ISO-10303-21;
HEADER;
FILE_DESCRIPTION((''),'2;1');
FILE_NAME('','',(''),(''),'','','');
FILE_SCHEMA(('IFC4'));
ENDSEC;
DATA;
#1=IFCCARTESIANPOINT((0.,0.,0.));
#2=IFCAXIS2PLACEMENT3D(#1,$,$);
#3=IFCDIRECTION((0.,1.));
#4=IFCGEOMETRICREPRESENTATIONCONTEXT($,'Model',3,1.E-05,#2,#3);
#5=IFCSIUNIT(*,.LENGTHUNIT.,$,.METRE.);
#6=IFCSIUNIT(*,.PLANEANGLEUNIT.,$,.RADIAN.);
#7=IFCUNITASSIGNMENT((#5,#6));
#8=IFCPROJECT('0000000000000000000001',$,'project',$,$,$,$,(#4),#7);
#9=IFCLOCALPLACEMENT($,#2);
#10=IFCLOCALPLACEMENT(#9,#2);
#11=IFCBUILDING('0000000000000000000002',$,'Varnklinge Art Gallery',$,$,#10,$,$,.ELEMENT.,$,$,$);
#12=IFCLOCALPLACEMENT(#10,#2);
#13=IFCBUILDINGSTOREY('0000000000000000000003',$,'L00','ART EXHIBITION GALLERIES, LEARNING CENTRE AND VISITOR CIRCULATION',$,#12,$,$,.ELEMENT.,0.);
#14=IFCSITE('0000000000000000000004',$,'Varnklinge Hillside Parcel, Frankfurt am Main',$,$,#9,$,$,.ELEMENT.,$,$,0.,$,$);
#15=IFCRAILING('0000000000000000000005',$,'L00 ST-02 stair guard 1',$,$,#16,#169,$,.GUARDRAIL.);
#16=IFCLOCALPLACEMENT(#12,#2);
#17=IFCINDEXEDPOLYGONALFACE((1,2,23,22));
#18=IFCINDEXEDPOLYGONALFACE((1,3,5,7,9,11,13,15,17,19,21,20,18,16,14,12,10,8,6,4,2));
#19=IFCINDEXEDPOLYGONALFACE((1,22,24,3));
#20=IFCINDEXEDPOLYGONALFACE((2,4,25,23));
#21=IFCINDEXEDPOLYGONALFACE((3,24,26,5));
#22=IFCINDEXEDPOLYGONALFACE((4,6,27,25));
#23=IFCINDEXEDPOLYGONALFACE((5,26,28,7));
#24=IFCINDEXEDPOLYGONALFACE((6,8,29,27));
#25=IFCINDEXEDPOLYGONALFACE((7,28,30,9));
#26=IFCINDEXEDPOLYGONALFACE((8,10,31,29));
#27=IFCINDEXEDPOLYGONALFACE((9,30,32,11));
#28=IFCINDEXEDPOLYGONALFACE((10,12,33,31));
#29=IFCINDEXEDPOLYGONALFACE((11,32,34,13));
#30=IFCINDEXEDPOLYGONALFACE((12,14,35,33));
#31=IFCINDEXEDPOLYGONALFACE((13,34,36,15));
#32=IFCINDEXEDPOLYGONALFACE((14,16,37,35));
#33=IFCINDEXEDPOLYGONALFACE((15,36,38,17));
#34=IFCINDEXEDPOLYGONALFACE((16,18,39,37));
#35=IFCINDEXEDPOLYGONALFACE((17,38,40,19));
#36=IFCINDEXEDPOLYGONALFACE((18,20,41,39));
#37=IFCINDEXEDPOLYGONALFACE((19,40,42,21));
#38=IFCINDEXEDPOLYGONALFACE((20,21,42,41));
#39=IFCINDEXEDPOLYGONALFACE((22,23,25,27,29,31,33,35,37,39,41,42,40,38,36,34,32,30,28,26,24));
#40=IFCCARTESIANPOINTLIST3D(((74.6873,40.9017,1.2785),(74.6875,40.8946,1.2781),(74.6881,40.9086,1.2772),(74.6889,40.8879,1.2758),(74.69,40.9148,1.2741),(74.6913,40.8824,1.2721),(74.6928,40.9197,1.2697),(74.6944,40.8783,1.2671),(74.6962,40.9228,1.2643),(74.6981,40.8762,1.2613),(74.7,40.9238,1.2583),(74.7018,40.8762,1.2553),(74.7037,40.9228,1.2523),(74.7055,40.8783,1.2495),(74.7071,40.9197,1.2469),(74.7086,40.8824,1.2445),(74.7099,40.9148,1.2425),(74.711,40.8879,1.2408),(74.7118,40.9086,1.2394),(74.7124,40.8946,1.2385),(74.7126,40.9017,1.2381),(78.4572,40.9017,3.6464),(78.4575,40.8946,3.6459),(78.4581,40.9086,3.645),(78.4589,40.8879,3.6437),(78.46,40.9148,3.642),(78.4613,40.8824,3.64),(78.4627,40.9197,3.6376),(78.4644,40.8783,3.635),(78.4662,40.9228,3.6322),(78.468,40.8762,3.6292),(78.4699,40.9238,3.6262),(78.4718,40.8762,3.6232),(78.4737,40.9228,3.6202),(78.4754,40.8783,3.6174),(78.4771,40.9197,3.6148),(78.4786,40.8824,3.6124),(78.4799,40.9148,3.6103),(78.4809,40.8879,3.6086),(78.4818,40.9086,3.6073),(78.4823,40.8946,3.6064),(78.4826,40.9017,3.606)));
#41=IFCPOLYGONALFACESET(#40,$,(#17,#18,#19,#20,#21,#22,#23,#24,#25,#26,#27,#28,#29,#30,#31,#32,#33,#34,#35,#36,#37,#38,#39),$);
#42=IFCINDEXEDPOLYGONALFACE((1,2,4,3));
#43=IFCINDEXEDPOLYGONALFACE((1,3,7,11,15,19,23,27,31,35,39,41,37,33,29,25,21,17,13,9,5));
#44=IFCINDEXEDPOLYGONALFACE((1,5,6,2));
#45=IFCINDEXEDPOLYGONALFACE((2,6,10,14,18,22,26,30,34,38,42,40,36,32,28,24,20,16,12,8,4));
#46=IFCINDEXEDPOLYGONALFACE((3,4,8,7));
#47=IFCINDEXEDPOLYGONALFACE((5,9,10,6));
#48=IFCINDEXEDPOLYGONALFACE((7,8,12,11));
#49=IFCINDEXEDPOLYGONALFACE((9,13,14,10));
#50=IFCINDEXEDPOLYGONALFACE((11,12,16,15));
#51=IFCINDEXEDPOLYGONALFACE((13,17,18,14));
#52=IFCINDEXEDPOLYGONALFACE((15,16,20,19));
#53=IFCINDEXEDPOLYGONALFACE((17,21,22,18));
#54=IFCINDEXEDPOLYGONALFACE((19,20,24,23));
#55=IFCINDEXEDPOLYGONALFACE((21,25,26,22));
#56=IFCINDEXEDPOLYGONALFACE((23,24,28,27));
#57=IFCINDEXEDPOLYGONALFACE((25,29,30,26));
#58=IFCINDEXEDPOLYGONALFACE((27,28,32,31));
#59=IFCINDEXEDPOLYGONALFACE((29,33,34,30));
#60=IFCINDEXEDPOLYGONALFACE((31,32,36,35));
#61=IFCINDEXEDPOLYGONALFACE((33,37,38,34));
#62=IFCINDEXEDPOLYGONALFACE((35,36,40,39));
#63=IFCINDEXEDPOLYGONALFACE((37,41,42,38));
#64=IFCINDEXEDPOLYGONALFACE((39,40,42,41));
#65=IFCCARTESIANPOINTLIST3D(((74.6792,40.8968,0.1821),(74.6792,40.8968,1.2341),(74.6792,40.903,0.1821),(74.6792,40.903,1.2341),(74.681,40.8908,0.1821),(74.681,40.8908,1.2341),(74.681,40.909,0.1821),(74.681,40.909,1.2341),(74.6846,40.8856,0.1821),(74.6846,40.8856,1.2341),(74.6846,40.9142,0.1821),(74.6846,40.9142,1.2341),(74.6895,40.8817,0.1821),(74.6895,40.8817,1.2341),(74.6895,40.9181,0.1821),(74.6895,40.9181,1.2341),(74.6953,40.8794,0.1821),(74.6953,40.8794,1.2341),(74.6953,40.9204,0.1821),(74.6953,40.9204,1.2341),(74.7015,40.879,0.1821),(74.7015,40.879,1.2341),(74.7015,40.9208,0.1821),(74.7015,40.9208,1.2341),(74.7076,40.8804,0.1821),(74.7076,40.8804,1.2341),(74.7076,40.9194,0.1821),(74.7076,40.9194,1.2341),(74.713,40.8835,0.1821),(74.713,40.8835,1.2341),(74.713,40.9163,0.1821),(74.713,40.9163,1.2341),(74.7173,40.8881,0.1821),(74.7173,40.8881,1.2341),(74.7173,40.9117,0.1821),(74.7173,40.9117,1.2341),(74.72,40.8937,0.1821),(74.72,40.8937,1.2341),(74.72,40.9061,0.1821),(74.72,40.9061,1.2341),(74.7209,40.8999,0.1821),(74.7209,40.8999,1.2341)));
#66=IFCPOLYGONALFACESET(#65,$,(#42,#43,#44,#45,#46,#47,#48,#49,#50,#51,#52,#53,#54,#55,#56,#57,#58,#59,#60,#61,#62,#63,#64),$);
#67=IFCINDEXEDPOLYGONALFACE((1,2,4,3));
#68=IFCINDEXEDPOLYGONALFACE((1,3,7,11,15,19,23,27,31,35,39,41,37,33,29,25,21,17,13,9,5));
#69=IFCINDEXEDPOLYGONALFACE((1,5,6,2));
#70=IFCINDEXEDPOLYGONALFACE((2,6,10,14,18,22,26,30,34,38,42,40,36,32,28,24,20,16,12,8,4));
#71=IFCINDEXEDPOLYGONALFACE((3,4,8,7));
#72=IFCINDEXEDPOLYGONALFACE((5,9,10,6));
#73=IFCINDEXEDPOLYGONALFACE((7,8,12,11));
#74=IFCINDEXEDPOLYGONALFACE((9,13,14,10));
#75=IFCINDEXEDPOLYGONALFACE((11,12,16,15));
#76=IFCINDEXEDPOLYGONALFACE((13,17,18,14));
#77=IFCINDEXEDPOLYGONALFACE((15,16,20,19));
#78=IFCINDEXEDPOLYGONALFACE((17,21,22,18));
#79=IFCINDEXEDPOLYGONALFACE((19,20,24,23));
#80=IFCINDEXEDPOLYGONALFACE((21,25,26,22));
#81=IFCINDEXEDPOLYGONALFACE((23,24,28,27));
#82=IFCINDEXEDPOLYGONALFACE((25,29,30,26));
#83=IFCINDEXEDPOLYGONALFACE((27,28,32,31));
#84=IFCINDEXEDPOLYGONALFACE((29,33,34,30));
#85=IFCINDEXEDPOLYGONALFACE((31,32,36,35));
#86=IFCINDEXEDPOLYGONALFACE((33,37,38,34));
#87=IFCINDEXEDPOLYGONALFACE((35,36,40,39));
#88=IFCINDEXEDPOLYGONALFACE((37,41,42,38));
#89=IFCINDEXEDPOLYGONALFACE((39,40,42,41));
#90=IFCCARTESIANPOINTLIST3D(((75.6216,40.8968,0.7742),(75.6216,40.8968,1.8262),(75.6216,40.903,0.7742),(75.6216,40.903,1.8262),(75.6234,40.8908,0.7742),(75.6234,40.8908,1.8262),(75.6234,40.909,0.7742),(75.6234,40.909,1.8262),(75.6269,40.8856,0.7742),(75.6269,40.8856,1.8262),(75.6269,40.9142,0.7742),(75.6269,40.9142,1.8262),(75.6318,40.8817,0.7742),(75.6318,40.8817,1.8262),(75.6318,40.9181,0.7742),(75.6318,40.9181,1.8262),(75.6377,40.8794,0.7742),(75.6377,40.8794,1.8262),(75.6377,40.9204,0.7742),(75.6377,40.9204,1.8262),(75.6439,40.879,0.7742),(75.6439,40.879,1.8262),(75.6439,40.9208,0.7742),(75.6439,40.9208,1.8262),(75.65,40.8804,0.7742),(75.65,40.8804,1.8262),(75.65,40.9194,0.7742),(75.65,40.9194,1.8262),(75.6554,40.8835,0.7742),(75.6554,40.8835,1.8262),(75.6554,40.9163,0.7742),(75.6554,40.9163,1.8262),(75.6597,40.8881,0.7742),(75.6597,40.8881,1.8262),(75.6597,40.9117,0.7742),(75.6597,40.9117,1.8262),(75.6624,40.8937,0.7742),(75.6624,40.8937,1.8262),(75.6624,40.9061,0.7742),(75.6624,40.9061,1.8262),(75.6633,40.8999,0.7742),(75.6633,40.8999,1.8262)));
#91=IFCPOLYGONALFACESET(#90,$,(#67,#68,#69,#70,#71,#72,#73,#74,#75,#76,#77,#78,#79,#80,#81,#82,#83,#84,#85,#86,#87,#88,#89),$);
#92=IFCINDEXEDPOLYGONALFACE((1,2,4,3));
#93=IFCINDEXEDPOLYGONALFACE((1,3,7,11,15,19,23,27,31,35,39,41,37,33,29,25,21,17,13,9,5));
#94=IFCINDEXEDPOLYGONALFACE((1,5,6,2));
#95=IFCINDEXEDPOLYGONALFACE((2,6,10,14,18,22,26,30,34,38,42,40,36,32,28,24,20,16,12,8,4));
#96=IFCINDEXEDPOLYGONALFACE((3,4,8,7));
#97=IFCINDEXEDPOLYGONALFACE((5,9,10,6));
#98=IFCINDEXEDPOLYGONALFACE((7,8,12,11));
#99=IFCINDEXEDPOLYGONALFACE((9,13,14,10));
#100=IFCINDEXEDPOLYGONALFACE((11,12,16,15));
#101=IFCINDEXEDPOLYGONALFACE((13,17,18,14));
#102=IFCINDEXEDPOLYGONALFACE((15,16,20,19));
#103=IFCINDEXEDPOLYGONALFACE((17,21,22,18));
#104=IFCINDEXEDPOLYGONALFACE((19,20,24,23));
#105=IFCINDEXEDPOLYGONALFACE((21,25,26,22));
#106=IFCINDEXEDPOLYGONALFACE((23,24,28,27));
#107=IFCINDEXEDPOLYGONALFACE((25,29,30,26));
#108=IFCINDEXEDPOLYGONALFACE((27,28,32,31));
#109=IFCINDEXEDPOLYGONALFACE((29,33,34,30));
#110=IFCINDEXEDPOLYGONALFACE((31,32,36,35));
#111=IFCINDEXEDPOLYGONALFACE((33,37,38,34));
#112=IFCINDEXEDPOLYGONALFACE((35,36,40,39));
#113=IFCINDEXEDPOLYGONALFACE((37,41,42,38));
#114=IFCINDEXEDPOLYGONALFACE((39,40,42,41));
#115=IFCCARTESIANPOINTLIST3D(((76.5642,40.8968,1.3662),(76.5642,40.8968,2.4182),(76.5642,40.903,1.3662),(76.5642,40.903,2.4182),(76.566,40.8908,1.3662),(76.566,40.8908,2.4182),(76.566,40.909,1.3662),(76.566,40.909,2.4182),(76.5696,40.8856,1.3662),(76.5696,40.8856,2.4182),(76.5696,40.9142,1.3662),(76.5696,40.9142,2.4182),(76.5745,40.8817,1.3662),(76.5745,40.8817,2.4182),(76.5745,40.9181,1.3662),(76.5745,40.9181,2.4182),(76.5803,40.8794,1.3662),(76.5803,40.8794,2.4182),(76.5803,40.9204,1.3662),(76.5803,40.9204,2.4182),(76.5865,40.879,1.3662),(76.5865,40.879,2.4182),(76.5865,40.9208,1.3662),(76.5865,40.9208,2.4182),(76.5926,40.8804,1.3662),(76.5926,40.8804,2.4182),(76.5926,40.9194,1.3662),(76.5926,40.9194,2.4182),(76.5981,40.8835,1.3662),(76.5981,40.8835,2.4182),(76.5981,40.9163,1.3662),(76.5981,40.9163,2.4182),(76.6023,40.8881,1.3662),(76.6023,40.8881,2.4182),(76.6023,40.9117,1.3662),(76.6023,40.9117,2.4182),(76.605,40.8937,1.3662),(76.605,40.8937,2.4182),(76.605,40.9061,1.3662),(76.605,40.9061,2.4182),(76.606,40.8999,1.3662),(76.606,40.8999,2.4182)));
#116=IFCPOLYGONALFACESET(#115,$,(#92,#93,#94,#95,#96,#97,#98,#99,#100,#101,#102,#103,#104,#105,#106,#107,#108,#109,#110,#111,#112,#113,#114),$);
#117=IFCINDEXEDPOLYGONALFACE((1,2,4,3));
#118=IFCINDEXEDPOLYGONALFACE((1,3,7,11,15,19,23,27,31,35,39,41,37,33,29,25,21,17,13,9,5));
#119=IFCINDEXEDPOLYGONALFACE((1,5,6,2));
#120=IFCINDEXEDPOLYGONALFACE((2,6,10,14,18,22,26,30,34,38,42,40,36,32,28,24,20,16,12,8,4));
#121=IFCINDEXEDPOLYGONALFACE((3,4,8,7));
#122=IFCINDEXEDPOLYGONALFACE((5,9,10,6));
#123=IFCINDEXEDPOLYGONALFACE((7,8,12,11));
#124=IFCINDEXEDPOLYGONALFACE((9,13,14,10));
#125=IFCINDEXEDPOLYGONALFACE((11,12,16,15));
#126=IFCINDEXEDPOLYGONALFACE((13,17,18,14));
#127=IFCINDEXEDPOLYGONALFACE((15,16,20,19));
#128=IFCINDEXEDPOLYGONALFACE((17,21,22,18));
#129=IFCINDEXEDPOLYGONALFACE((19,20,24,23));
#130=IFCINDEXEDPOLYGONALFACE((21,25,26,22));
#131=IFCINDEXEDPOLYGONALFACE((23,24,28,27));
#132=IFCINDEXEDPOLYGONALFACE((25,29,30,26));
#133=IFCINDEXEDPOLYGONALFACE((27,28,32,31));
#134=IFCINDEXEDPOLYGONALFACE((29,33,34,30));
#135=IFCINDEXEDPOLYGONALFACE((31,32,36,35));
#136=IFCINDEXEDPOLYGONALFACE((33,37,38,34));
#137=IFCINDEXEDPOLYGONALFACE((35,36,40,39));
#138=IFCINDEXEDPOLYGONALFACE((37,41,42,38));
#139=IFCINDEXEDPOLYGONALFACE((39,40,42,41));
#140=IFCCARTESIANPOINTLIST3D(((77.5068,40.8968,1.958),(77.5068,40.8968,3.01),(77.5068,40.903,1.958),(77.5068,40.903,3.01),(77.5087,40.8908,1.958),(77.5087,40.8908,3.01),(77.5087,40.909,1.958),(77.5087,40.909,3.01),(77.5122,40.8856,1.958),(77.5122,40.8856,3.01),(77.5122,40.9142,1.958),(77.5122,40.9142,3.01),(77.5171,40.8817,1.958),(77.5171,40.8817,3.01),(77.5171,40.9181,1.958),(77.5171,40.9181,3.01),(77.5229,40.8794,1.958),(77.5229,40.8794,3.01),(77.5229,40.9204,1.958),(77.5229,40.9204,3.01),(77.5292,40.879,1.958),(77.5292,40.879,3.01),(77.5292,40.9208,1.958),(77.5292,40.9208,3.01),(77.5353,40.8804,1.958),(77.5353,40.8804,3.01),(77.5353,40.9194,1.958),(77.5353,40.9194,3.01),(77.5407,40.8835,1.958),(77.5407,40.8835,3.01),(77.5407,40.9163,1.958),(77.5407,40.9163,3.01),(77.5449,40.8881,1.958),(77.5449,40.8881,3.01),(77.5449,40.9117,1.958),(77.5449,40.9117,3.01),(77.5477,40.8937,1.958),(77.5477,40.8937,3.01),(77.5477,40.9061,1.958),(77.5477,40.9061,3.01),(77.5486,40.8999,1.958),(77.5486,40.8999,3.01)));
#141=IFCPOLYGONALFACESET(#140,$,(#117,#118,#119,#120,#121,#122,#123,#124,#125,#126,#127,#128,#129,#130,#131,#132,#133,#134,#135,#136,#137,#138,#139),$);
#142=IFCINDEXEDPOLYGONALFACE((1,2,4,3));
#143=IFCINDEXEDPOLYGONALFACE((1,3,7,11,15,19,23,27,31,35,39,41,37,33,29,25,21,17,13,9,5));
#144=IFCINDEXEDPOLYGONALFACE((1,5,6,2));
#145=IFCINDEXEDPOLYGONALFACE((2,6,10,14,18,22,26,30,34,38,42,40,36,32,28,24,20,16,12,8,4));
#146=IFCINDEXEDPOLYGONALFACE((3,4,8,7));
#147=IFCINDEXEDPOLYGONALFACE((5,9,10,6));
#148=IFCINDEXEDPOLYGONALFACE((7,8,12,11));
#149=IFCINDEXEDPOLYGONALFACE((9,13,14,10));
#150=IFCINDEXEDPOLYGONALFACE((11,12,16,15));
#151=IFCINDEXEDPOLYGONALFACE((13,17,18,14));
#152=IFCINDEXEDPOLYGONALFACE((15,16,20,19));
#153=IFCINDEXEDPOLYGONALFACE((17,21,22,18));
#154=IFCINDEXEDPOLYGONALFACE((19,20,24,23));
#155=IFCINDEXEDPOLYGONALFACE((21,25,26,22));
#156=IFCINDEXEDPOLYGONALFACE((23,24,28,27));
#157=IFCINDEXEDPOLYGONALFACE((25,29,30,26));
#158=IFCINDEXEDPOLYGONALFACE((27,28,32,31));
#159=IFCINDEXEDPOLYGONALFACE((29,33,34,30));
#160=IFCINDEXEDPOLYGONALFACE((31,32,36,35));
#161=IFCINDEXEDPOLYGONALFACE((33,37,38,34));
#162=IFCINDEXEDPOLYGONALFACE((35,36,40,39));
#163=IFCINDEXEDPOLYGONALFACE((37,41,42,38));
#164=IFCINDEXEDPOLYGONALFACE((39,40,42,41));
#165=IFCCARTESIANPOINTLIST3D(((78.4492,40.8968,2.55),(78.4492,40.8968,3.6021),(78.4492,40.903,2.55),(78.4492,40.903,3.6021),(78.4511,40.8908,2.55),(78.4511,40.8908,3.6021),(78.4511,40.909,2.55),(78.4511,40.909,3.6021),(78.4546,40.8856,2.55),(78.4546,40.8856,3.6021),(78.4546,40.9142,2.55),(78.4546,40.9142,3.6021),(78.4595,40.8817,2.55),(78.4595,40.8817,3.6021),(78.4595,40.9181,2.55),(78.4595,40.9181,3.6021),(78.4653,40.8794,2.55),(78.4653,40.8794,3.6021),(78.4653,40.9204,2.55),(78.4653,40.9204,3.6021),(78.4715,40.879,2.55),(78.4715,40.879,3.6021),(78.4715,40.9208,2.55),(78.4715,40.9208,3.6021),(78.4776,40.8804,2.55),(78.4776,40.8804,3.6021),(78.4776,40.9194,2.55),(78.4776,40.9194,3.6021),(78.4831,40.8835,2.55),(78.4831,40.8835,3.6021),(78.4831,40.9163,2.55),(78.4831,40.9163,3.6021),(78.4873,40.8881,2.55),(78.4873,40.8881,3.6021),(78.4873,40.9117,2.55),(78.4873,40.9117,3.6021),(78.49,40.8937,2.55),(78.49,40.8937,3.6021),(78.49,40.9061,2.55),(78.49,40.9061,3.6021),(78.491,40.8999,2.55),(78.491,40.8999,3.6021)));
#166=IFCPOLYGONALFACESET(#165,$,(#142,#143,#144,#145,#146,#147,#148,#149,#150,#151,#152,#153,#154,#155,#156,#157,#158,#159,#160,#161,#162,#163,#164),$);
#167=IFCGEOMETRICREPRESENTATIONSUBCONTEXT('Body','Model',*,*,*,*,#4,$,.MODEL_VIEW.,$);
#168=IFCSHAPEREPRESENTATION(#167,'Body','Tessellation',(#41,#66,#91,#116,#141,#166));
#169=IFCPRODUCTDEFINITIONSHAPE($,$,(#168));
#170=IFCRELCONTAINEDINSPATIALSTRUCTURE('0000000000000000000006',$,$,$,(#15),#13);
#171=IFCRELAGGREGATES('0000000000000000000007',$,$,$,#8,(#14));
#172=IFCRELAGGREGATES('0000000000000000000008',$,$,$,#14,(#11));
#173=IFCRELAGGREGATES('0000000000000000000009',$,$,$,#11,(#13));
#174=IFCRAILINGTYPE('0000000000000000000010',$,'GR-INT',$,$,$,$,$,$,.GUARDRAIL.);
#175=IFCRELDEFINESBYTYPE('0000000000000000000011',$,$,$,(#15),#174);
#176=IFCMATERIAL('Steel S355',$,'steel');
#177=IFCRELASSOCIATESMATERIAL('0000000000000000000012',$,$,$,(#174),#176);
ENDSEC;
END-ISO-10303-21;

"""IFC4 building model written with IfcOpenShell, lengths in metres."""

from ifc_helpers import new_model, si_unit, direction, frame, origin, origin_2d, place, context, subcontext, project, spatial, circle, extrude, material, type_object, element, save


model = new_model("IFC4")

# Units and contexts
model_context = context("Model", 3, precision=1e-05, world=origin(), true_north=direction((0.0, 1.0)))
body_context = subcontext(model_context, "Body", "Model", "MODEL_VIEW")
ifc_project = project(units=[si_unit("LENGTHUNIT", "METRE"), si_unit("PLANEANGLEUNIT", "RADIAN")], contexts=[model_context])

# Site, building, storey
site_placement = place(None, origin())
site = spatial("IfcSite", under=ifc_project, at=site_placement, Name="Varnklinge Hillside Parcel, Frankfurt am Main", CompositionType="ELEMENT", RefElevation=0.0)
building_placement = place(site_placement, origin())
building = spatial("IfcBuilding", under=site, at=building_placement, Name="Varnklinge Art Gallery", CompositionType="ELEMENT")
storey_placement = place(building_placement, origin())
storey = spatial("IfcBuildingStorey", under=building, at=storey_placement, Name="L00", Description="ART EXHIBITION GALLERIES, LEARNING CENTRE AND VISITOR CIRCULATION", CompositionType="ELEMENT", Elevation=0.0)

# Railing
ifc_material_1 = material(Name="Steel S355", Category="steel")
railing_type_1 = type_object("IfcRailingType", Name="GR-INT", PredefinedType="GUARDRAIL", material=ifc_material_1)
railing_1_placement = place(storey_placement, frame((74.7, 40.8999, 0.1821)))
element("IfcRailing", 1, at=railing_1_placement, inside=storey, type_object=railing_type_1, Name="L00 ST-02 stair guard 1", PredefinedType="GUARDRAIL", context=body_context, shape_type="SweptSolid", body=[
    extrude(circle(Radius=0.0239, at=origin_2d()), frame((0.0, 0.0, 1.0762), z_axis=(0.846819, 0.0, 0.531881), x_axis=(0.0, 1.0, 0.0)), (0.0, 0.0, 1.0), 4.4519),
    extrude(circle(Radius=0.021, at=origin_2d()), origin(), (0.0, 0.0, 1.0), 1.052),
    extrude(circle(Radius=0.021, at=origin_2d()), frame((0.9424, 0.0, 0.592)), (0.0, 0.0, 1.0), 1.052),
    extrude(circle(Radius=0.021, at=origin_2d()), frame((1.885, 0.0, 1.1841)), (0.0, 0.0, 1.0), 1.052),
    extrude(circle(Radius=0.021, at=origin_2d()), frame((2.8276, 0.0, 1.7759)), (0.0, 0.0, 1.0), 1.052),
    extrude(circle(Radius=0.021, at=origin_2d()), frame((3.77, 0.0, 2.3679)), (0.0, 0.0, 1.0), 1.052),
])

save(model, "model.ifc")
